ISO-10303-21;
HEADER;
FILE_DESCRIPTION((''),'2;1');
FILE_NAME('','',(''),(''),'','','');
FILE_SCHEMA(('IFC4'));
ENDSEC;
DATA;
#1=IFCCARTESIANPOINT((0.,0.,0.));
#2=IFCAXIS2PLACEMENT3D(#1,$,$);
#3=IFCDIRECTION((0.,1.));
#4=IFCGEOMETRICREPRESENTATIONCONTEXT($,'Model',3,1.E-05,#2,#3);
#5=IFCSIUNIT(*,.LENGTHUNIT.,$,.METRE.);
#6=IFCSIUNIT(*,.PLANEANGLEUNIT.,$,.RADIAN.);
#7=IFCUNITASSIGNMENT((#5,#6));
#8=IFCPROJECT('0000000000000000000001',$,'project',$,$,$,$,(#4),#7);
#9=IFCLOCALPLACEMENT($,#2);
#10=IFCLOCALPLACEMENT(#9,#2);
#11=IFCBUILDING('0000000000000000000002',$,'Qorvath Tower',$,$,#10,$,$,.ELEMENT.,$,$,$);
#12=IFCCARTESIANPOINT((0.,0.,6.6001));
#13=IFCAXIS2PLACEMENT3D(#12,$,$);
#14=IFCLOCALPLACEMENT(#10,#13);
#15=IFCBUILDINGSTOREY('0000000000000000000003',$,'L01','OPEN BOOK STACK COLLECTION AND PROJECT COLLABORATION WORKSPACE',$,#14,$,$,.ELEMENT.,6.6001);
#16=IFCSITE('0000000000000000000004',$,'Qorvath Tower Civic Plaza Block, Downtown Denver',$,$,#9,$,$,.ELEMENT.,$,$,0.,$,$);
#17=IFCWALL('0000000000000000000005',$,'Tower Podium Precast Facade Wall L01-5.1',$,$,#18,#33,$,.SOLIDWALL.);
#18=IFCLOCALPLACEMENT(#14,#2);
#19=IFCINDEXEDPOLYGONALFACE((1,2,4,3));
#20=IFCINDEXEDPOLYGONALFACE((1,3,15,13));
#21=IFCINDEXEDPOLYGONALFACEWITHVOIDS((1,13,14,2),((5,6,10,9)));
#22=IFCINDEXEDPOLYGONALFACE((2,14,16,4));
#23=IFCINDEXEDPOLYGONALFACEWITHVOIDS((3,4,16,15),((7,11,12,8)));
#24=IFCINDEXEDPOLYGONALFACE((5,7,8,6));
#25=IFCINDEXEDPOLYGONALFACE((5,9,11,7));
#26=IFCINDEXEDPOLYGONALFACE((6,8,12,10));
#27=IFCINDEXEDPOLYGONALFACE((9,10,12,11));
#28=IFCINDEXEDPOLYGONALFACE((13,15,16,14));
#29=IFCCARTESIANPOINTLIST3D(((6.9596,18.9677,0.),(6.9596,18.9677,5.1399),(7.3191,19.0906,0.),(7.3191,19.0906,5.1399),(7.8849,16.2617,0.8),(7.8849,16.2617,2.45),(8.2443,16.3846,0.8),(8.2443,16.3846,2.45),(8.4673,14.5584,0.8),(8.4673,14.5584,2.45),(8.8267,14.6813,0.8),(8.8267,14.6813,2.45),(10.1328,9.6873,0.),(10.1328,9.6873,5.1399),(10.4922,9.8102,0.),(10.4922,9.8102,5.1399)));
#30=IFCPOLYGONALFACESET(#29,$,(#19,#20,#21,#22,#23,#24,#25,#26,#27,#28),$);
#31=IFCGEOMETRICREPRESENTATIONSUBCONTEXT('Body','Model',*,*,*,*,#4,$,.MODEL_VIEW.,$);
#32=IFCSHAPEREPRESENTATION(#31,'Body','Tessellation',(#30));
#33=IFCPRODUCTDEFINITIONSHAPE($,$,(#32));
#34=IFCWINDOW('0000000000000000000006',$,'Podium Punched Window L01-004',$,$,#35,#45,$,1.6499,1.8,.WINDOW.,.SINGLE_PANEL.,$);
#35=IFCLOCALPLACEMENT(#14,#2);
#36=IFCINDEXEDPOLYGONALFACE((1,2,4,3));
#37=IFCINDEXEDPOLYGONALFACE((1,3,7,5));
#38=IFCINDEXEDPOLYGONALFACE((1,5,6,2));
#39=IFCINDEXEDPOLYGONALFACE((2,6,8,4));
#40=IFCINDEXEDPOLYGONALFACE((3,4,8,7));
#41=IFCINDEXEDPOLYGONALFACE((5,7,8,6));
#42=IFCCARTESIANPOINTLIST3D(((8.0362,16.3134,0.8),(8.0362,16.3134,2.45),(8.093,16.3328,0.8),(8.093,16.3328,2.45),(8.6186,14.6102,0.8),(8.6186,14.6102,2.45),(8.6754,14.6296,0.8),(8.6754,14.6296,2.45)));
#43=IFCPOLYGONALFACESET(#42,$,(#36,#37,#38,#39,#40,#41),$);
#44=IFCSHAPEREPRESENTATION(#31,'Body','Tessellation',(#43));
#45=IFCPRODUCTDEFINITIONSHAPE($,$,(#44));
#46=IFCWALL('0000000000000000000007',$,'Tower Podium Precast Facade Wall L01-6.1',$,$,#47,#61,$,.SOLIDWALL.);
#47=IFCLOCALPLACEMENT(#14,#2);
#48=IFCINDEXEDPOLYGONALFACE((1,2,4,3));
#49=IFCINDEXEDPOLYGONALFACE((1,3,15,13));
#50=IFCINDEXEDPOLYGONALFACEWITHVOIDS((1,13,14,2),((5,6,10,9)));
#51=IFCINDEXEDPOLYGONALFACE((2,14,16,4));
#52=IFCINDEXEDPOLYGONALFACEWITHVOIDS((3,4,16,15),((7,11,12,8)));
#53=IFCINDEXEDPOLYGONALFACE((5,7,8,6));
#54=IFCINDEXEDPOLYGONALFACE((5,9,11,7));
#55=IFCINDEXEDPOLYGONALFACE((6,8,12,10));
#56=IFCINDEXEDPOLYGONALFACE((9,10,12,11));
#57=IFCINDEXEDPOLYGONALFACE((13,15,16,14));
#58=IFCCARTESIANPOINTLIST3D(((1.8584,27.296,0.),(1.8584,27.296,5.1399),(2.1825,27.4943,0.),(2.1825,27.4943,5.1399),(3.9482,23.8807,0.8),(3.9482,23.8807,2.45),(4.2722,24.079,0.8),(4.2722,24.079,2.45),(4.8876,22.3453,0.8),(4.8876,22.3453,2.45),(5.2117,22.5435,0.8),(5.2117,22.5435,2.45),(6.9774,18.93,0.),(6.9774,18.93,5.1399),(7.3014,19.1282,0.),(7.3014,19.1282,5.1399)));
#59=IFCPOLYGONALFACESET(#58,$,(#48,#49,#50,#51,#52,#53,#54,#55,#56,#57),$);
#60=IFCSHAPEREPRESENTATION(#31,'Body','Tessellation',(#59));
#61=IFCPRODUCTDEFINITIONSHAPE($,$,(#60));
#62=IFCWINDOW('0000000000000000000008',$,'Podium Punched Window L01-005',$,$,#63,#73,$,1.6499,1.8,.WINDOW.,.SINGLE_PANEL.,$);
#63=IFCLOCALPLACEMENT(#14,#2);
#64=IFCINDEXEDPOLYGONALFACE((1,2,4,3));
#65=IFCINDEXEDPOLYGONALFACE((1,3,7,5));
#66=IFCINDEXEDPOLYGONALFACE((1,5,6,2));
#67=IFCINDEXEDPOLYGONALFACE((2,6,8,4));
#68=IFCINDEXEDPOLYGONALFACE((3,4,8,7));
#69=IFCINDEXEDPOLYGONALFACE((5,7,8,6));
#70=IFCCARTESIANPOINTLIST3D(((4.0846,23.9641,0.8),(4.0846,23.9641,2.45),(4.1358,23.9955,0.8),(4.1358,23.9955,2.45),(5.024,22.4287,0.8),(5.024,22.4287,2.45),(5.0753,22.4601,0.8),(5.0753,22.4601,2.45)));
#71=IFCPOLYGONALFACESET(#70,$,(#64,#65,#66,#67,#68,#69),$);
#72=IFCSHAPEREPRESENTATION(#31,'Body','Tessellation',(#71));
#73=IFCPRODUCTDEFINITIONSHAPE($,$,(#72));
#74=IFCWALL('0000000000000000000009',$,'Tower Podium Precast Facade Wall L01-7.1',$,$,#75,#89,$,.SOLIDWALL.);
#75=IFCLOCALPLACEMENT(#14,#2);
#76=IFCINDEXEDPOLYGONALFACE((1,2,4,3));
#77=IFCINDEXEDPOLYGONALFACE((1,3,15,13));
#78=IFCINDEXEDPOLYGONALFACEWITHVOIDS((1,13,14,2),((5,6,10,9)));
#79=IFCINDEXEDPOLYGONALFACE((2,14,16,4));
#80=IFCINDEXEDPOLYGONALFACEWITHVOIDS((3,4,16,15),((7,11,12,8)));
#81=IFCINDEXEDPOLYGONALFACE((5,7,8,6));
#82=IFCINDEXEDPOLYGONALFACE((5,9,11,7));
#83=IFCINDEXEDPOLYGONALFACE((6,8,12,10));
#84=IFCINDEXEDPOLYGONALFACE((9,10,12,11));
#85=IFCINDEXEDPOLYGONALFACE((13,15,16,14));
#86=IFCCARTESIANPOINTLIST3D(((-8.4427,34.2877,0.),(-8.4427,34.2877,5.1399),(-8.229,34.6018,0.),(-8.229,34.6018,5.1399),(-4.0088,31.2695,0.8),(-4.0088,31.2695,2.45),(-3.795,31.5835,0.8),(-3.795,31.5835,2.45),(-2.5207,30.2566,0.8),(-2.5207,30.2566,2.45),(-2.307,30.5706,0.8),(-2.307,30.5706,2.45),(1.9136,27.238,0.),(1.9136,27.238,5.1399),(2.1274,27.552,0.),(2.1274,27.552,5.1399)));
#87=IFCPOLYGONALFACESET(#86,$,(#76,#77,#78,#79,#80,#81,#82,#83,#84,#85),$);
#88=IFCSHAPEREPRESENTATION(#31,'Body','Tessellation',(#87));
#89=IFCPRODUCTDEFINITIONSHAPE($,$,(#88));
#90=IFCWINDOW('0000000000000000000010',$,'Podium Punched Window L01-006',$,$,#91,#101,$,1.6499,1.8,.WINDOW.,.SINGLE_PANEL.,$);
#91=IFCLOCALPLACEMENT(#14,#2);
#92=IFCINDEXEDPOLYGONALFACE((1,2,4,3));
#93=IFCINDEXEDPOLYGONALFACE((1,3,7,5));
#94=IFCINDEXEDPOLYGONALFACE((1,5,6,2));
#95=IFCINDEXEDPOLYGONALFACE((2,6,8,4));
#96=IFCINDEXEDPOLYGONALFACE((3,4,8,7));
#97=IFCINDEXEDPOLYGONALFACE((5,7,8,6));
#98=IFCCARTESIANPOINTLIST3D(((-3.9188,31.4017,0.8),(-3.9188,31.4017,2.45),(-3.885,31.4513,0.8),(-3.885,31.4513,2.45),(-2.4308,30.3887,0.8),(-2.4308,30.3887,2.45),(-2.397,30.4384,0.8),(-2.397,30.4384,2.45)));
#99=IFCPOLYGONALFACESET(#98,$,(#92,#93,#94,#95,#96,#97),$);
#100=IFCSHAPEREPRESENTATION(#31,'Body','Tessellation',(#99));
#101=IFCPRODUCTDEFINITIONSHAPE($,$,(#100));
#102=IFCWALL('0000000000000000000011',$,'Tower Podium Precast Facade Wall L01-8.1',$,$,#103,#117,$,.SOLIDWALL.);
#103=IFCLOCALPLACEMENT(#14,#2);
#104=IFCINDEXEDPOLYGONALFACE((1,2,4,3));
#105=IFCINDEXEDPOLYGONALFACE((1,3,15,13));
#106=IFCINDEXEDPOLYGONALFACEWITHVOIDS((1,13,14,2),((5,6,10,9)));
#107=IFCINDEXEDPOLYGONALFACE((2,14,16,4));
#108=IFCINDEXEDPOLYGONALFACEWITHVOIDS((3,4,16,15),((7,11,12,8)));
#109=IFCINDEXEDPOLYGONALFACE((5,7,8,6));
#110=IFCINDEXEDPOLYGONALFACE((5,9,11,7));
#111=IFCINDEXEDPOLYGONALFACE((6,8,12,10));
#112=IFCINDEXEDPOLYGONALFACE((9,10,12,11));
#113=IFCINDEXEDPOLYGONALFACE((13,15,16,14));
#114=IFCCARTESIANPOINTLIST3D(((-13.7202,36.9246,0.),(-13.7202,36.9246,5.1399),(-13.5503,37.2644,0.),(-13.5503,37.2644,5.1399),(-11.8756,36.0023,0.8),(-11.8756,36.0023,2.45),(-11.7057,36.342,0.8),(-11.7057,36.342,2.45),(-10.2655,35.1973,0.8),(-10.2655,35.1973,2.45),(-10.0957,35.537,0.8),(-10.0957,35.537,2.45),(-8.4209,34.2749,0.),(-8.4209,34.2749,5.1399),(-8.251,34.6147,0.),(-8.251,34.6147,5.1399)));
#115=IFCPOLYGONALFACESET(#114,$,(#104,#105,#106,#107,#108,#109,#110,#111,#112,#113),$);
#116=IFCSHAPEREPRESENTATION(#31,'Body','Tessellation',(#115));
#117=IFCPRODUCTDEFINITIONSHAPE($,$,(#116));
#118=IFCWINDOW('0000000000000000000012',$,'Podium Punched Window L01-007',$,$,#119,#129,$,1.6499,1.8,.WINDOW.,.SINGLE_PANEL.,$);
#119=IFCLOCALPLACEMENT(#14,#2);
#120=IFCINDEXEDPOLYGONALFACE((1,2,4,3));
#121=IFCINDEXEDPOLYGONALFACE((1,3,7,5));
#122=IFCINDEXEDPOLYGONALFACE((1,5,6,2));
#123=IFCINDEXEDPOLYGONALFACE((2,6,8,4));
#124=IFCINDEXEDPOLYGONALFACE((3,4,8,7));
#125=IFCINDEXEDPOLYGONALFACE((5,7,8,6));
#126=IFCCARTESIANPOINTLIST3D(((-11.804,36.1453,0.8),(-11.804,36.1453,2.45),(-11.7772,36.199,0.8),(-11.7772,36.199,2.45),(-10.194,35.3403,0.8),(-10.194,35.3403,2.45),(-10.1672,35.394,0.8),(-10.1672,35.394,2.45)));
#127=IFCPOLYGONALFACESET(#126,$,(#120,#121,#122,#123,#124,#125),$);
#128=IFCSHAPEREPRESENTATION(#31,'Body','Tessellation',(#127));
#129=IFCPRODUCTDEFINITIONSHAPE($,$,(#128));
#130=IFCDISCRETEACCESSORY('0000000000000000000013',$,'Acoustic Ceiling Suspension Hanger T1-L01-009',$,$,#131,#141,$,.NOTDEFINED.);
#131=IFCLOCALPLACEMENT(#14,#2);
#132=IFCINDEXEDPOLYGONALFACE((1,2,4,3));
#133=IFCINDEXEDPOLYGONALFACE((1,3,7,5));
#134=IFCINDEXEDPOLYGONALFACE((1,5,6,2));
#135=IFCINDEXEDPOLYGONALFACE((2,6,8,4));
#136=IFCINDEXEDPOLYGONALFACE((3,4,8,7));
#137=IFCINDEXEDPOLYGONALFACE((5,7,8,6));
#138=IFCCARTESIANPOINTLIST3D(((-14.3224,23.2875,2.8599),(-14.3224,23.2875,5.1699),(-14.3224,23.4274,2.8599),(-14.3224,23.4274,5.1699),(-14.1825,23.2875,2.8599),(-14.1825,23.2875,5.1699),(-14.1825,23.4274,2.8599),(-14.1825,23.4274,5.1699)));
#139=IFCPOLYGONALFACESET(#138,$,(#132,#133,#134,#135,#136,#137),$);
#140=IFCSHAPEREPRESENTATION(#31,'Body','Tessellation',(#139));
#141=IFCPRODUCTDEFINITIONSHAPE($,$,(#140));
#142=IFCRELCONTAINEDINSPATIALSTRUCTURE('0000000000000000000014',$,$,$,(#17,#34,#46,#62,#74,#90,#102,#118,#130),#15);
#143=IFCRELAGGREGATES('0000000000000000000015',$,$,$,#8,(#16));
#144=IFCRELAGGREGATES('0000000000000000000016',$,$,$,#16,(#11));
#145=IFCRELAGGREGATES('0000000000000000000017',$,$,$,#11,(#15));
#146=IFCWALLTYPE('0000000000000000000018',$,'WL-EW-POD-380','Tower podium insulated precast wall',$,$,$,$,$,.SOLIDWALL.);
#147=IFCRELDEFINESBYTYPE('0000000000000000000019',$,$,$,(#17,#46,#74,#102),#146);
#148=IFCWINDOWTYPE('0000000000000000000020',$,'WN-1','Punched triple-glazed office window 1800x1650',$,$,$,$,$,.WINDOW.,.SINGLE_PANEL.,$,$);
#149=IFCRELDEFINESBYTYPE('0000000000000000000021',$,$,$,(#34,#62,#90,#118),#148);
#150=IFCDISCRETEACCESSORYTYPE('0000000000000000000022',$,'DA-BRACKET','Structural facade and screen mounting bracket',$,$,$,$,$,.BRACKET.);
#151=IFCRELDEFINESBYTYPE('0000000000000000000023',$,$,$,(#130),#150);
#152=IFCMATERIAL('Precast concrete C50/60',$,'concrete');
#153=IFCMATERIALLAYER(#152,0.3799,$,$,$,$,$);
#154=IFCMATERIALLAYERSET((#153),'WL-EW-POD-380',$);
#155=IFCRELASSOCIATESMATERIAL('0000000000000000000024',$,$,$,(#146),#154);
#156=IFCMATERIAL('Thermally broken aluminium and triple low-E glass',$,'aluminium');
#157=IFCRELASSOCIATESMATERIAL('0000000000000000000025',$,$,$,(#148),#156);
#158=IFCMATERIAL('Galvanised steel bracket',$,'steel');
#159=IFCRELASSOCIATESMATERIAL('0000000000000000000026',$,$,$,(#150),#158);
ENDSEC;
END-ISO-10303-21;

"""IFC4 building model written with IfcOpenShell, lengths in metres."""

from ifc_helpers import new_model, si_unit, direction, frame, frame_2d, origin, origin_2d, place, context, subcontext, project, spatial, rectangle, extrude, material, layer, layer_set, type_object, element, fill, save


model = new_model("IFC4")

# Units and contexts
model_context = context("Model", 3, precision=1e-05, world=origin(), true_north=direction((0.0, 1.0)))
body_context = subcontext(model_context, "Body", "Model", "MODEL_VIEW")
ifc_project = project(units=[si_unit("LENGTHUNIT", "METRE"), si_unit("PLANEANGLEUNIT", "RADIAN")], contexts=[model_context])

# Site, building, storey
site_placement = place(None, origin())
site = spatial("IfcSite", under=ifc_project, at=site_placement, Name="Qorvath Tower Civic Plaza Block, Downtown Denver", CompositionType="ELEMENT", RefElevation=0.0)
building_placement = place(site_placement, origin())
building = spatial("IfcBuilding", under=site, at=building_placement, Name="Qorvath Tower", CompositionType="ELEMENT")
storey_placement = place(building_placement, frame((0.0, 0.0, 6.6001)))
storey = spatial("IfcBuildingStorey", under=building, at=storey_placement, Name="L01", Description="OPEN BOOK STACK COLLECTION AND PROJECT COLLABORATION WORKSPACE", CompositionType="ELEMENT", Elevation=6.6001)

# Walls, openings, windows
ifc_material_1 = material(Name="Precast concrete C50/60", Category="concrete")
ifc_layer_1 = layer(ifc_material_1, 0.3799)
ifc_layer_set_1 = layer_set([ifc_layer_1], Name="WL-EW-POD-380")
wall_type_1 = type_object("IfcWallType", Name="WL-EW-POD-380", Description="Tower podium insulated precast wall", PredefinedType="SOLIDWALL", material=ifc_layer_set_1)
ifc_material_2 = material(Name="Thermally broken aluminium and triple low-E glass", Category="aluminium")
window_type = type_object("IfcWindowType", Name="WN-1", Description="Punched triple-glazed office window 1800x1650", PartitioningType="SINGLE_PANEL", PredefinedType="WINDOW", material=ifc_material_2)
wall_1_placement = place(storey_placement, frame((7.1394, 19.0291, 0.0), z_axis=(0.0, 0.0, 1.0), x_axis=(0.323529, -0.946218, 0.0)))
wall_1 = element("IfcWall", 1, at=wall_1_placement, inside=storey, type_object=wall_type_1, Name="Tower Podium Precast Facade Wall L01-5.1", PredefinedType="SOLIDWALL", context=body_context, shape_type="SweptSolid", body=[
    extrude(rectangle(XDim=9.8079, YDim=0.3799, at=frame_2d((4.9038, 0.0))), origin(), (0.0, 0.0, 1.0), 5.1399),
])
opening_1_placement = place(wall_1_placement, frame((2.8599, 0.0, 0.8)))
opening_1 = element("IfcOpeningElement", 2, at=opening_1_placement, cuts=wall_1, PredefinedType="OPENING", context=body_context, shape_type="SweptSolid", body=[
    extrude(rectangle(XDim=1.8, YDim=1.6499, at=frame_2d((0.8999, 0.825))), frame((0.0, 0.2, 0.0), z_axis=(0.0, -1.0, 0.0), x_axis=(1.0, 0.0, 0.0)), (0.0, 0.0, 1.0), 0.3999),
])
window_1_placement = place(opening_1_placement, origin())
window_1 = element("IfcWindow", 3, at=window_1_placement, inside=storey, type_object=window_type, Name="Podium Punched Window L01-004", OverallHeight=1.6499, OverallWidth=1.8, PartitioningType="SINGLE_PANEL", PredefinedType="WINDOW", context=body_context, shape_type="SweptSolid", body=[
    extrude(rectangle(XDim=1.8, YDim=1.6499, at=frame_2d((0.8999, 0.825))), frame((0.0, 0.03, 0.0), z_axis=(0.0, -1.0, 0.0), x_axis=(1.0, 0.0, 0.0)), (0.0, 0.0, 1.0), 0.0601),
])
fill(opening_1, window_1)
wall_2_placement = place(storey_placement, frame((2.0205, 27.395, 0.0), z_axis=(0.0, 0.0, 1.0), x_axis=(0.521922, -0.852993, 0.0)))
wall_2 = element("IfcWall", 4, at=wall_2_placement, inside=storey, type_object=wall_type_1, Name="Tower Podium Precast Facade Wall L01-6.1", PredefinedType="SOLIDWALL", context=body_context, shape_type="SweptSolid", body=[
    extrude(rectangle(XDim=9.8079, YDim=0.3799, at=frame_2d((4.9038, 0.0))), origin(), (0.0, 0.0, 1.0), 5.1399),
])
opening_2_placement = place(wall_2_placement, frame((4.0039, 0.0, 0.8)))
opening_2 = element("IfcOpeningElement", 5, at=opening_2_placement, cuts=wall_2, PredefinedType="OPENING", context=body_context, shape_type="SweptSolid", body=[
    extrude(rectangle(XDim=1.8, YDim=1.6499, at=frame_2d((0.8999, 0.825))), frame((0.0, 0.2, 0.0), z_axis=(0.0, -1.0, 0.0), x_axis=(1.0, 0.0, 0.0)), (0.0, 0.0, 1.0), 0.3999),
])
window_2_placement = place(opening_2_placement, origin())
window_2 = element("IfcWindow", 6, at=window_2_placement, inside=storey, type_object=window_type, Name="Podium Punched Window L01-005", OverallHeight=1.6499, OverallWidth=1.8, PartitioningType="SINGLE_PANEL", PredefinedType="WINDOW", context=body_context, shape_type="SweptSolid", body=[
    extrude(rectangle(XDim=1.8, YDim=1.6499, at=frame_2d((0.8999, 0.825))), frame((0.0, 0.03, 0.0), z_axis=(0.0, -1.0, 0.0), x_axis=(1.0, 0.0, 0.0)), (0.0, 0.0, 1.0), 0.0601),
])
fill(opening_2, window_2)
wall_3_placement = place(storey_placement, frame((-8.3359, 34.4448, 0.0), z_axis=(0.0, 0.0, 1.0), x_axis=(0.826651, -0.562715, 0.0)))
wall_3 = element("IfcWall", 7, at=wall_3_placement, inside=storey, type_object=wall_type_1, Name="Tower Podium Precast Facade Wall L01-7.1", PredefinedType="SOLIDWALL", context=body_context, shape_type="SweptSolid", body=[
    extrude(rectangle(XDim=12.5281, YDim=0.3799, at=frame_2d((6.2642, 0.0))), origin(), (0.0, 0.0, 1.0), 5.1399),
])
opening_3_placement = place(wall_3_placement, frame((5.364, 0.0, 0.8)))
opening_3 = element("IfcOpeningElement", 8, at=opening_3_placement, cuts=wall_3, PredefinedType="OPENING", context=body_context, shape_type="SweptSolid", body=[
    extrude(rectangle(XDim=1.8, YDim=1.6499, at=frame_2d((0.8999, 0.825))), frame((0.0, 0.2, 0.0), z_axis=(0.0, -1.0, 0.0), x_axis=(1.0, 0.0, 0.0)), (0.0, 0.0, 1.0), 0.3999),
])
window_3_placement = place(opening_3_placement, origin())
window_3 = element("IfcWindow", 9, at=window_3_placement, inside=storey, type_object=window_type, Name="Podium Punched Window L01-006", OverallHeight=1.6499, OverallWidth=1.8, PartitioningType="SINGLE_PANEL", PredefinedType="WINDOW", context=body_context, shape_type="SweptSolid", body=[
    extrude(rectangle(XDim=1.8, YDim=1.6499, at=frame_2d((0.8999, 0.825))), frame((0.0, 0.03, 0.0), z_axis=(0.0, -1.0, 0.0), x_axis=(1.0, 0.0, 0.0)), (0.0, 0.0, 1.0), 0.0601),
])
fill(opening_3, window_3)
wall_4_placement = place(storey_placement, frame((-13.6353, 37.0945, 0.0), z_axis=(0.0, 0.0, 1.0), x_axis=(0.894427, -0.447214, 0.0)))
wall_4 = element("IfcWall", 10, at=wall_4_placement, inside=storey, type_object=wall_type_1, Name="Tower Podium Precast Facade Wall L01-8.1", PredefinedType="SOLIDWALL", context=body_context, shape_type="SweptSolid", body=[
    extrude(rectangle(XDim=5.9248, YDim=0.3799, at=frame_2d((2.9624, 0.0))), origin(), (0.0, 0.0, 1.0), 5.1399),
])
opening_4_placement = place(wall_4_placement, frame((2.0625, 0.0, 0.8)))
opening_4 = element("IfcOpeningElement", 11, at=opening_4_placement, cuts=wall_4, PredefinedType="OPENING", context=body_context, shape_type="SweptSolid", body=[
    extrude(rectangle(XDim=1.8, YDim=1.6499, at=frame_2d((0.8999, 0.825))), frame((0.0, 0.2, 0.0), z_axis=(0.0, -1.0, 0.0), x_axis=(1.0, 0.0, 0.0)), (0.0, 0.0, 1.0), 0.3999),
])
window_4_placement = place(opening_4_placement, origin())
window_4 = element("IfcWindow", 12, at=window_4_placement, inside=storey, type_object=window_type, Name="Podium Punched Window L01-007", OverallHeight=1.6499, OverallWidth=1.8, PartitioningType="SINGLE_PANEL", PredefinedType="WINDOW", context=body_context, shape_type="SweptSolid", body=[
    extrude(rectangle(XDim=1.8, YDim=1.6499, at=frame_2d((0.8999, 0.825))), frame((0.0, 0.03, 0.0), z_axis=(0.0, -1.0, 0.0), x_axis=(1.0, 0.0, 0.0)), (0.0, 0.0, 1.0), 0.0601),
])
fill(opening_4, window_4)

# Discrete accessory
ifc_material_3 = material(Name="Galvanised steel bracket", Category="steel")
discrete_accessory_type = type_object("IfcDiscreteAccessoryType", Name="DA-BRACKET", Description="Structural facade and screen mounting bracket", PredefinedType="BRACKET", material=ifc_material_3)
discrete_accessory_placement = place(storey_placement, frame((-14.2524, 23.3574, 2.8599), z_axis=(0.0, 0.0, 1.0), x_axis=(1.0, 0.0, 0.0)))
element("IfcDiscreteAccessory", 13, at=discrete_accessory_placement, inside=storey, type_object=discrete_accessory_type, Name="Acoustic Ceiling Suspension Hanger T1-L01-009", PredefinedType="NOTDEFINED", context=body_context, shape_type="SweptSolid", body=[
    extrude(rectangle(XDim=0.1399, YDim=0.1399, at=origin_2d()), origin(), (0.0, 0.0, 1.0), 2.3101),
])

save(model, "model.ifc")
